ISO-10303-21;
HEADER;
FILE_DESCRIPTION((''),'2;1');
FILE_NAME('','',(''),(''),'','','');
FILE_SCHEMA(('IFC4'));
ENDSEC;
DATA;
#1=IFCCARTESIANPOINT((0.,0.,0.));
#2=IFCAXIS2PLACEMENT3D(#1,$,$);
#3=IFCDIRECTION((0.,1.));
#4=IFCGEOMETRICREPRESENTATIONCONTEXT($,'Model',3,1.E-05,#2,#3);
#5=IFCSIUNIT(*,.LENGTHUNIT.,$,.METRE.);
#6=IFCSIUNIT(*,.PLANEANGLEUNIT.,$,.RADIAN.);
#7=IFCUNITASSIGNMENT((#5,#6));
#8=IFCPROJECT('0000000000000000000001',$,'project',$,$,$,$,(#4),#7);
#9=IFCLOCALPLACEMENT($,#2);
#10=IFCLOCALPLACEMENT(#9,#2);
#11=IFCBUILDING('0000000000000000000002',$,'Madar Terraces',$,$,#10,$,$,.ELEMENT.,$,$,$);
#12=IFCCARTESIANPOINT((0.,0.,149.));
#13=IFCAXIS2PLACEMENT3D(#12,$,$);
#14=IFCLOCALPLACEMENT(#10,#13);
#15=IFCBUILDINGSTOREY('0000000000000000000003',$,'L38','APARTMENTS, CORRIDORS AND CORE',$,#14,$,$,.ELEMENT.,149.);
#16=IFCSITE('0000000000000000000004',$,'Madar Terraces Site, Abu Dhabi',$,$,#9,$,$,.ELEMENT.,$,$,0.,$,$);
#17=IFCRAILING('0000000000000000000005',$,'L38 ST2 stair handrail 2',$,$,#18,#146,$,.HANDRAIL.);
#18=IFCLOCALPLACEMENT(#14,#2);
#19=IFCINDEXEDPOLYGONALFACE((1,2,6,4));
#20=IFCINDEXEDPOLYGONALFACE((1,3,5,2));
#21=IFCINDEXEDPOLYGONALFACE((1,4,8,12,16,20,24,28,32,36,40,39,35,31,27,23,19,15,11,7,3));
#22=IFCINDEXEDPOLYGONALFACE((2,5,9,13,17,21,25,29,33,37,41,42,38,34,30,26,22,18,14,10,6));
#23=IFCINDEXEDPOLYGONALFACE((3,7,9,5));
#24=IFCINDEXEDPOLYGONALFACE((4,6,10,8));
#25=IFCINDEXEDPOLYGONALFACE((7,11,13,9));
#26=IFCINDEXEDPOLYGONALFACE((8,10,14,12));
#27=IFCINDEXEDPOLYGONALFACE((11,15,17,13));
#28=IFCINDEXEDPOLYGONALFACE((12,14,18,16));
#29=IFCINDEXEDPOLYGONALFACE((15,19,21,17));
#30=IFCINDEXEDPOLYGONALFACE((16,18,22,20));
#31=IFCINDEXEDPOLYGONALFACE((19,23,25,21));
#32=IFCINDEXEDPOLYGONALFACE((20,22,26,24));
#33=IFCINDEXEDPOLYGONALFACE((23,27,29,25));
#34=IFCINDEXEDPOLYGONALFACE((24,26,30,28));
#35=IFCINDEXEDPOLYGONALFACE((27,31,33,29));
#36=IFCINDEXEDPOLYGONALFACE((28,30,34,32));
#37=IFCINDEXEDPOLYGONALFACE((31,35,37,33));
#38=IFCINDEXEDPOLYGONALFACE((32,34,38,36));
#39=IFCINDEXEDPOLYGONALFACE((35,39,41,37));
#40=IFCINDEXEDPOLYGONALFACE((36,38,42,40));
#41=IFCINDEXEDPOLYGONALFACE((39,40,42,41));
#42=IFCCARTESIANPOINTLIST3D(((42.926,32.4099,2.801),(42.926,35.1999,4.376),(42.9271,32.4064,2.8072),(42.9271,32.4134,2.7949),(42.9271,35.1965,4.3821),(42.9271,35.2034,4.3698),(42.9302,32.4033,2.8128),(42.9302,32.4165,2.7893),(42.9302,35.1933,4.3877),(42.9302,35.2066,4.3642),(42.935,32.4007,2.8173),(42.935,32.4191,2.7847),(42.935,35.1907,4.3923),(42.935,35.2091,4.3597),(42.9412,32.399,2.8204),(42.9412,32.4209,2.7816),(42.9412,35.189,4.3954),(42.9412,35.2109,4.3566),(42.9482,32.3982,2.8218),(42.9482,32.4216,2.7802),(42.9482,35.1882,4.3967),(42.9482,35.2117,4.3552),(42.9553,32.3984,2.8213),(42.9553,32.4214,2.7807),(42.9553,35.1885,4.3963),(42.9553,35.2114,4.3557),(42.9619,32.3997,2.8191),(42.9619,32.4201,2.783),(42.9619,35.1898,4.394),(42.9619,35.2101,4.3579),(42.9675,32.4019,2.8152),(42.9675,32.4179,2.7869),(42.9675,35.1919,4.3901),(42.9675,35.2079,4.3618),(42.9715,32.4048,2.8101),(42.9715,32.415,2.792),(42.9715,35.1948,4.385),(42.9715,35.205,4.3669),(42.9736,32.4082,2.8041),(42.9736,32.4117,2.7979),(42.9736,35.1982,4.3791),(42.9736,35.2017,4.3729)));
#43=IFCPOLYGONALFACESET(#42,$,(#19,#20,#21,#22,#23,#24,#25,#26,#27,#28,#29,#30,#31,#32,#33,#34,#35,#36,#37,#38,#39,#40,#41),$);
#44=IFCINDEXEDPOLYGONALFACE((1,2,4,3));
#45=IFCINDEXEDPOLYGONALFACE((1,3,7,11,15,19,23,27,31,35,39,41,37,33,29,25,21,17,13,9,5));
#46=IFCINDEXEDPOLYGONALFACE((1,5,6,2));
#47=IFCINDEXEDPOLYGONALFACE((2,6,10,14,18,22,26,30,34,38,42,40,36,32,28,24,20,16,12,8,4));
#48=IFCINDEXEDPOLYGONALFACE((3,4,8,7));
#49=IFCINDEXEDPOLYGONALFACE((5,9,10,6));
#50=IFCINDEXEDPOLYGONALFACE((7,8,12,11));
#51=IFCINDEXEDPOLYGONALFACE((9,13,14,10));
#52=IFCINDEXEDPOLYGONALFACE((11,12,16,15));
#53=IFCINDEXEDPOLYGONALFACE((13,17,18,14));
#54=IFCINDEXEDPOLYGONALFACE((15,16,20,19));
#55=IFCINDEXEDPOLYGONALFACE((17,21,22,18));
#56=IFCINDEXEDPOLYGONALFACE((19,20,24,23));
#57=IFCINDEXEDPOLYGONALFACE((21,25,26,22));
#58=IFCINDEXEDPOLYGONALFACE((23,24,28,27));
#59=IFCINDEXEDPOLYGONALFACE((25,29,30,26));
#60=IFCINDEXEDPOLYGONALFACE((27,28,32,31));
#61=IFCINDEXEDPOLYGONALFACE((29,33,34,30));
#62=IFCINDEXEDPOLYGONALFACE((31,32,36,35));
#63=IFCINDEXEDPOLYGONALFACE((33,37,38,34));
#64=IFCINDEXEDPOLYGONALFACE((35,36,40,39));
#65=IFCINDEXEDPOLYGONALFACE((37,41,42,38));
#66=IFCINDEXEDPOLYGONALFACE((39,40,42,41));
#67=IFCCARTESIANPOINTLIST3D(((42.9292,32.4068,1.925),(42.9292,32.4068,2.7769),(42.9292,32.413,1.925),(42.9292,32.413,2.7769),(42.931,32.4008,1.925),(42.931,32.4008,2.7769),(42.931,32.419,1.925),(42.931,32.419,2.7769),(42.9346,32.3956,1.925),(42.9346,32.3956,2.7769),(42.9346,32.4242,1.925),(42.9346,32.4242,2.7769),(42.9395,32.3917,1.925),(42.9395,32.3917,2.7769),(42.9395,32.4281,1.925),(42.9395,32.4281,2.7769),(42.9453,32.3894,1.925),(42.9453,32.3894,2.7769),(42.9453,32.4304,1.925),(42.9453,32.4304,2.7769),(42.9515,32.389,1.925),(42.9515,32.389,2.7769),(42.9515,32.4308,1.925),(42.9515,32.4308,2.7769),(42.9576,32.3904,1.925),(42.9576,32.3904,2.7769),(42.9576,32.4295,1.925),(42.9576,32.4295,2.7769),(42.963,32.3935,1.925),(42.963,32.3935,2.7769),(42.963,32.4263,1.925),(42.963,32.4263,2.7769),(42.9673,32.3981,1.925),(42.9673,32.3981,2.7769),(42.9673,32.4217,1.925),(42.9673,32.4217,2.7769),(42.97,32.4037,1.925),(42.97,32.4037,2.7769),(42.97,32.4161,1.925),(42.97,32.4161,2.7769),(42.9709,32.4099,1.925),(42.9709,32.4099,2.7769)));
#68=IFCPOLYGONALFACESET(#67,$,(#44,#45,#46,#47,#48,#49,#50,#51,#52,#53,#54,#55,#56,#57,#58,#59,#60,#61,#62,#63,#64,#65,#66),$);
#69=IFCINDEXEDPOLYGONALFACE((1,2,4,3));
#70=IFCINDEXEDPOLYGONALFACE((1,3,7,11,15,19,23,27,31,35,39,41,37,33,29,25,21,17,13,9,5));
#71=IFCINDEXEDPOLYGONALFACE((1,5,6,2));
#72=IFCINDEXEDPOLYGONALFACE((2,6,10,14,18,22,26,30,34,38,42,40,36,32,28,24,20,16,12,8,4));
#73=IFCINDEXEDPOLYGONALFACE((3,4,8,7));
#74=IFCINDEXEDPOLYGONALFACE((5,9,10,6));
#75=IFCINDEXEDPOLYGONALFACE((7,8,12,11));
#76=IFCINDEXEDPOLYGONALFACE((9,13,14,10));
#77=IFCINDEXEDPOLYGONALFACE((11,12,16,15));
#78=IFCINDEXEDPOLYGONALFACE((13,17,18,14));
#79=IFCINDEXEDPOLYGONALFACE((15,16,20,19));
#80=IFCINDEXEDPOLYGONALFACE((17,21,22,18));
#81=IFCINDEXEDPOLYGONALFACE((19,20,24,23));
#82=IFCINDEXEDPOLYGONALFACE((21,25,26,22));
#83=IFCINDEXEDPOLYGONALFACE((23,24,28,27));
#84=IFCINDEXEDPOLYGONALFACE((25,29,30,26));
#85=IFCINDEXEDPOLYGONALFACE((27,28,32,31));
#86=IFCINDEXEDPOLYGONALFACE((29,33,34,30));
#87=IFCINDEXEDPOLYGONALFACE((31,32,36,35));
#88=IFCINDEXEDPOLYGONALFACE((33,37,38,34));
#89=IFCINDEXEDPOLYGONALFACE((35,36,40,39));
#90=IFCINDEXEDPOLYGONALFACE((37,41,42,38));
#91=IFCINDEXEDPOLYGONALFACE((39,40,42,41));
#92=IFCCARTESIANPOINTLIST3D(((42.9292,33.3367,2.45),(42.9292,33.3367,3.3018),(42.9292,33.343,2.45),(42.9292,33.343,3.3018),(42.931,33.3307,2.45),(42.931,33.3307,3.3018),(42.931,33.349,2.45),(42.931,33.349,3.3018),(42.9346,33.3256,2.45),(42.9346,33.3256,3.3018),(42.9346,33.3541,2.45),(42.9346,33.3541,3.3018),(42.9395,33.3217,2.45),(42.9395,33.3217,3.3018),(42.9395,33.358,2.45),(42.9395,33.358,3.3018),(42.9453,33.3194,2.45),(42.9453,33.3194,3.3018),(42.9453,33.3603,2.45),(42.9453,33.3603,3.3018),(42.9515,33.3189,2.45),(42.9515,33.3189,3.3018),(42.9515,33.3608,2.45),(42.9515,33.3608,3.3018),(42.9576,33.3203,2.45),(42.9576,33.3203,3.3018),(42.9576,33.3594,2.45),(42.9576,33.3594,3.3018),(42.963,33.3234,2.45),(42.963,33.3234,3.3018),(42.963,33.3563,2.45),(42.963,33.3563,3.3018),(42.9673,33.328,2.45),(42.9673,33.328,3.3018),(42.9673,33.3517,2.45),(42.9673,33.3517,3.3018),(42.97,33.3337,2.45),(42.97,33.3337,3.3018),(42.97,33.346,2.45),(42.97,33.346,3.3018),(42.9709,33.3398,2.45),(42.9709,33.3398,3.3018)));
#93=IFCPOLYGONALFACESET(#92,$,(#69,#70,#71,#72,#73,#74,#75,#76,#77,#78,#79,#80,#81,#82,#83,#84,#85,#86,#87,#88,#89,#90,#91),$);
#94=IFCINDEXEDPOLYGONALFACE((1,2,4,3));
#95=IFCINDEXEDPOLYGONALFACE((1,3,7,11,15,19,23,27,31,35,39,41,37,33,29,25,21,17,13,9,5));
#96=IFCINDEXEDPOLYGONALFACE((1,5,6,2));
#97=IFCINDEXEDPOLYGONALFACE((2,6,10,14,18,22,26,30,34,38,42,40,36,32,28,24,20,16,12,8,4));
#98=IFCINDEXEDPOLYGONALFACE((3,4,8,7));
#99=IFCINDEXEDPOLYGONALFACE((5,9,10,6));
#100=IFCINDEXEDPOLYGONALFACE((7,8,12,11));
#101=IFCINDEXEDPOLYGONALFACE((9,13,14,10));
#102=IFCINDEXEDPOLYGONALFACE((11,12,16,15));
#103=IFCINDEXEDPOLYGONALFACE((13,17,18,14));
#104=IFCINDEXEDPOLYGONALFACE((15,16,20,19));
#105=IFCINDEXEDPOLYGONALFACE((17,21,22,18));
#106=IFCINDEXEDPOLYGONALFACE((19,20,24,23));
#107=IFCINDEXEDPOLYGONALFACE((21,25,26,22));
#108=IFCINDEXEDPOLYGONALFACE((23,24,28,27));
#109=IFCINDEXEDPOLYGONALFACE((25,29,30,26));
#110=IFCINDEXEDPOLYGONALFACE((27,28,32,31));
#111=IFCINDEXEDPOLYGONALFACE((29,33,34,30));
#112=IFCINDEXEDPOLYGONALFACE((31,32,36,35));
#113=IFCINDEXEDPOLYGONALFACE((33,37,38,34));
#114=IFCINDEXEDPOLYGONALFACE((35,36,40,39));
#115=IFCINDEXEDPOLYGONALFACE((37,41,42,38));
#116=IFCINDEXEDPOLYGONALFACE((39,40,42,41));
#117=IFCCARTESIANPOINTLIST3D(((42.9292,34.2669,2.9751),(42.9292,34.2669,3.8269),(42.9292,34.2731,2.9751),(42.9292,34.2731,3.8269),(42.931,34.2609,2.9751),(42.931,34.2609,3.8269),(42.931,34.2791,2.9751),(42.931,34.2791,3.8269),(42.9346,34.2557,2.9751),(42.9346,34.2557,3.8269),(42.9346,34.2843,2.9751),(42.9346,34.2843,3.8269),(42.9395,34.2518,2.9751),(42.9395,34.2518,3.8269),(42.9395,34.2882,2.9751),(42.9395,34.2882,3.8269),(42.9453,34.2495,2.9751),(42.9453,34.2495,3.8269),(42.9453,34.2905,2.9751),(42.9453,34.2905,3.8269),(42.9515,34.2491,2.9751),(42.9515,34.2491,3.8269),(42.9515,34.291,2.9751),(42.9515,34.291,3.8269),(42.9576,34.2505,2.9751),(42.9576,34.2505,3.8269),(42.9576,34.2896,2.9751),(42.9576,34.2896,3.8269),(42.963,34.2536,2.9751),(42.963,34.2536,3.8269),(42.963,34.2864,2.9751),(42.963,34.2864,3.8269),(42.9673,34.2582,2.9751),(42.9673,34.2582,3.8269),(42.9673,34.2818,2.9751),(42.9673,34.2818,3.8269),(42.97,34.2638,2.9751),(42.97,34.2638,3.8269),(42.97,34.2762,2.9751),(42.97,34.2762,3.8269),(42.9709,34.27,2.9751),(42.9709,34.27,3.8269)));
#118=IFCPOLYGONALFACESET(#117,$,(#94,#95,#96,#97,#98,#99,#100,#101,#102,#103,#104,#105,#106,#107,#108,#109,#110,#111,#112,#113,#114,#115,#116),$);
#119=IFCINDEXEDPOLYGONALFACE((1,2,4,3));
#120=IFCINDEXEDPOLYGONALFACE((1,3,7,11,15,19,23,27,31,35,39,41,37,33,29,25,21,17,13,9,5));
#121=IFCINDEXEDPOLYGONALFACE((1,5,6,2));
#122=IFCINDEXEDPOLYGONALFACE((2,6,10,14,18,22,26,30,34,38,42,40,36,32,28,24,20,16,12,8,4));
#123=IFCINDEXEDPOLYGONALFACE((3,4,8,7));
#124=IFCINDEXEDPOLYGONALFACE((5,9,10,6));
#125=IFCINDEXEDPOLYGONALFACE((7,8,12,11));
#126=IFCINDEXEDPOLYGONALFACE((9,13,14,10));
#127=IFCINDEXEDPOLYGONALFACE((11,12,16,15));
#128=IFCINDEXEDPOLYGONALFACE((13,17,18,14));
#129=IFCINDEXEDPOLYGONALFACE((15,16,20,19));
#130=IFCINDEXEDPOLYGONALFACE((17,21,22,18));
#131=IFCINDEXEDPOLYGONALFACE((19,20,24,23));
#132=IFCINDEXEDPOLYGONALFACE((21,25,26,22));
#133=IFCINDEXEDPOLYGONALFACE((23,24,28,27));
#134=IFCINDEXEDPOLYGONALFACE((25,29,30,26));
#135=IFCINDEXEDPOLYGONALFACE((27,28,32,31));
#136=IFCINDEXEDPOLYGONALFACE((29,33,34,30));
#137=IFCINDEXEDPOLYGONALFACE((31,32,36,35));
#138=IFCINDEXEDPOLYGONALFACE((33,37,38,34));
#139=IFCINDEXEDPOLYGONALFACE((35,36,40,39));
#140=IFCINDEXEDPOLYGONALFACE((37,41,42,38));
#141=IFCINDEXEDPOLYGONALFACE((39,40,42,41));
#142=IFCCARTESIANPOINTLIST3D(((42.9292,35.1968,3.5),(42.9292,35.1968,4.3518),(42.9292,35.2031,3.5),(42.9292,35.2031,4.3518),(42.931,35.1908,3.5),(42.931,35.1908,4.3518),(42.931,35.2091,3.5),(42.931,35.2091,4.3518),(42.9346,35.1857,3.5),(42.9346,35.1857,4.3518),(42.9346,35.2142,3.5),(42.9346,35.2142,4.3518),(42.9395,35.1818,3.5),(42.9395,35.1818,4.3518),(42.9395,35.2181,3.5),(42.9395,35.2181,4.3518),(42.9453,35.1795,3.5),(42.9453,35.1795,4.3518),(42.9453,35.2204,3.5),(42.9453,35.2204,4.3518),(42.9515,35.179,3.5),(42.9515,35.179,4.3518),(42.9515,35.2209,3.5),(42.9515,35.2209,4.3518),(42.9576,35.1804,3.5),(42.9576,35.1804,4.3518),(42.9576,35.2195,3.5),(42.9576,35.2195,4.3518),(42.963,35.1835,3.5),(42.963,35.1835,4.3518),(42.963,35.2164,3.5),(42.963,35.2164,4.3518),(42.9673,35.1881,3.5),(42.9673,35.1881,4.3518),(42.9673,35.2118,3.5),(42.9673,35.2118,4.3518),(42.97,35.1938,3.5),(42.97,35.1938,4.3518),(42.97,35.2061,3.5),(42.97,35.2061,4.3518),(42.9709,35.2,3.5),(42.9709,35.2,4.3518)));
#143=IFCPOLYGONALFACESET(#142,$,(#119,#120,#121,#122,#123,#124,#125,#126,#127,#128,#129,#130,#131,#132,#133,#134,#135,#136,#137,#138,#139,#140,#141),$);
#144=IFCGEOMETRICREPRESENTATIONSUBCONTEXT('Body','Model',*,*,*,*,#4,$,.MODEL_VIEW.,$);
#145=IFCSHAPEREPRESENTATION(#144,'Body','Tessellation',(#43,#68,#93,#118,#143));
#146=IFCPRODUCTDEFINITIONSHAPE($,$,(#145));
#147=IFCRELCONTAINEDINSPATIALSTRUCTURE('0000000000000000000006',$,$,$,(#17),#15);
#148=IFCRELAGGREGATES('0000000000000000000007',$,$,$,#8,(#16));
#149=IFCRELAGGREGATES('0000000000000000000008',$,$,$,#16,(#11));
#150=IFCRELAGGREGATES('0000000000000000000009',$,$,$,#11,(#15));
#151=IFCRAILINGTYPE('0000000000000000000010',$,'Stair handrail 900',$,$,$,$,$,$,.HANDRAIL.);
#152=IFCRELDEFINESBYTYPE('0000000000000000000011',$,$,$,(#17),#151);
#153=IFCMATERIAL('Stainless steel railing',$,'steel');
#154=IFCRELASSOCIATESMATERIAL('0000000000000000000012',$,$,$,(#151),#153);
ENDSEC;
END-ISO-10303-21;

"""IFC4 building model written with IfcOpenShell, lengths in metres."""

from ifc_helpers import new_model, si_unit, direction, frame, origin, origin_2d, place, context, subcontext, project, spatial, circle, extrude, material, type_object, element, save


model = new_model("IFC4")

# Units and contexts
model_context = context("Model", 3, precision=1e-05, world=origin(), true_north=direction((0.0, 1.0)))
body_context = subcontext(model_context, "Body", "Model", "MODEL_VIEW")
ifc_project = project(units=[si_unit("LENGTHUNIT", "METRE"), si_unit("PLANEANGLEUNIT", "RADIAN")], contexts=[model_context])

# Site, building, storey
site_placement = place(None, origin())
site = spatial("IfcSite", under=ifc_project, at=site_placement, Name="Madar Terraces Site, Abu Dhabi", CompositionType="ELEMENT", RefElevation=0.0)
building_placement = place(site_placement, origin())
building = spatial("IfcBuilding", under=site, at=building_placement, Name="Madar Terraces", CompositionType="ELEMENT")
storey_placement = place(building_placement, frame((0.0, 0.0, 149.0)))
storey = spatial("IfcBuildingStorey", under=building, at=storey_placement, Name="L38", Description="APARTMENTS, CORRIDORS AND CORE", CompositionType="ELEMENT", Elevation=149.0)

# Railing
ifc_material_1 = material(Name="Stainless steel railing", Category="steel")
railing_type_1 = type_object("IfcRailingType", Name="Stair handrail 900", PredefinedType="HANDRAIL", material=ifc_material_1)
railing_1_placement = place(storey_placement, frame((42.95, 32.4099, 1.925)))
element("IfcRailing", 1, at=railing_1_placement, inside=storey, type_object=railing_type_1, Name="L38 ST2 stair handrail 2", PredefinedType="HANDRAIL", context=body_context, shape_type="SweptSolid", body=[
    extrude(circle(Radius=0.0239, at=origin_2d()), frame((0.0, 0.0, 0.876), z_axis=(0.0, 0.870834, 0.491578), x_axis=(-1.0, 0.0, 0.0)), (0.0, 0.0, 1.0), 3.2039),
    extrude(circle(Radius=0.021, at=origin_2d()), origin(), (0.0, 0.0, 1.0), 0.8518),
    extrude(circle(Radius=0.021, at=origin_2d()), frame((0.0, 0.9299, 0.5249)), (0.0, 0.0, 1.0), 0.8518),
    extrude(circle(Radius=0.021, at=origin_2d()), frame((0.0, 1.8601, 1.05)), (0.0, 0.0, 1.0), 0.8518),
    extrude(circle(Radius=0.021, at=origin_2d()), frame((0.0, 2.79, 1.575)), (0.0, 0.0, 1.0), 0.8518),
])

save(model, "model.ifc")
